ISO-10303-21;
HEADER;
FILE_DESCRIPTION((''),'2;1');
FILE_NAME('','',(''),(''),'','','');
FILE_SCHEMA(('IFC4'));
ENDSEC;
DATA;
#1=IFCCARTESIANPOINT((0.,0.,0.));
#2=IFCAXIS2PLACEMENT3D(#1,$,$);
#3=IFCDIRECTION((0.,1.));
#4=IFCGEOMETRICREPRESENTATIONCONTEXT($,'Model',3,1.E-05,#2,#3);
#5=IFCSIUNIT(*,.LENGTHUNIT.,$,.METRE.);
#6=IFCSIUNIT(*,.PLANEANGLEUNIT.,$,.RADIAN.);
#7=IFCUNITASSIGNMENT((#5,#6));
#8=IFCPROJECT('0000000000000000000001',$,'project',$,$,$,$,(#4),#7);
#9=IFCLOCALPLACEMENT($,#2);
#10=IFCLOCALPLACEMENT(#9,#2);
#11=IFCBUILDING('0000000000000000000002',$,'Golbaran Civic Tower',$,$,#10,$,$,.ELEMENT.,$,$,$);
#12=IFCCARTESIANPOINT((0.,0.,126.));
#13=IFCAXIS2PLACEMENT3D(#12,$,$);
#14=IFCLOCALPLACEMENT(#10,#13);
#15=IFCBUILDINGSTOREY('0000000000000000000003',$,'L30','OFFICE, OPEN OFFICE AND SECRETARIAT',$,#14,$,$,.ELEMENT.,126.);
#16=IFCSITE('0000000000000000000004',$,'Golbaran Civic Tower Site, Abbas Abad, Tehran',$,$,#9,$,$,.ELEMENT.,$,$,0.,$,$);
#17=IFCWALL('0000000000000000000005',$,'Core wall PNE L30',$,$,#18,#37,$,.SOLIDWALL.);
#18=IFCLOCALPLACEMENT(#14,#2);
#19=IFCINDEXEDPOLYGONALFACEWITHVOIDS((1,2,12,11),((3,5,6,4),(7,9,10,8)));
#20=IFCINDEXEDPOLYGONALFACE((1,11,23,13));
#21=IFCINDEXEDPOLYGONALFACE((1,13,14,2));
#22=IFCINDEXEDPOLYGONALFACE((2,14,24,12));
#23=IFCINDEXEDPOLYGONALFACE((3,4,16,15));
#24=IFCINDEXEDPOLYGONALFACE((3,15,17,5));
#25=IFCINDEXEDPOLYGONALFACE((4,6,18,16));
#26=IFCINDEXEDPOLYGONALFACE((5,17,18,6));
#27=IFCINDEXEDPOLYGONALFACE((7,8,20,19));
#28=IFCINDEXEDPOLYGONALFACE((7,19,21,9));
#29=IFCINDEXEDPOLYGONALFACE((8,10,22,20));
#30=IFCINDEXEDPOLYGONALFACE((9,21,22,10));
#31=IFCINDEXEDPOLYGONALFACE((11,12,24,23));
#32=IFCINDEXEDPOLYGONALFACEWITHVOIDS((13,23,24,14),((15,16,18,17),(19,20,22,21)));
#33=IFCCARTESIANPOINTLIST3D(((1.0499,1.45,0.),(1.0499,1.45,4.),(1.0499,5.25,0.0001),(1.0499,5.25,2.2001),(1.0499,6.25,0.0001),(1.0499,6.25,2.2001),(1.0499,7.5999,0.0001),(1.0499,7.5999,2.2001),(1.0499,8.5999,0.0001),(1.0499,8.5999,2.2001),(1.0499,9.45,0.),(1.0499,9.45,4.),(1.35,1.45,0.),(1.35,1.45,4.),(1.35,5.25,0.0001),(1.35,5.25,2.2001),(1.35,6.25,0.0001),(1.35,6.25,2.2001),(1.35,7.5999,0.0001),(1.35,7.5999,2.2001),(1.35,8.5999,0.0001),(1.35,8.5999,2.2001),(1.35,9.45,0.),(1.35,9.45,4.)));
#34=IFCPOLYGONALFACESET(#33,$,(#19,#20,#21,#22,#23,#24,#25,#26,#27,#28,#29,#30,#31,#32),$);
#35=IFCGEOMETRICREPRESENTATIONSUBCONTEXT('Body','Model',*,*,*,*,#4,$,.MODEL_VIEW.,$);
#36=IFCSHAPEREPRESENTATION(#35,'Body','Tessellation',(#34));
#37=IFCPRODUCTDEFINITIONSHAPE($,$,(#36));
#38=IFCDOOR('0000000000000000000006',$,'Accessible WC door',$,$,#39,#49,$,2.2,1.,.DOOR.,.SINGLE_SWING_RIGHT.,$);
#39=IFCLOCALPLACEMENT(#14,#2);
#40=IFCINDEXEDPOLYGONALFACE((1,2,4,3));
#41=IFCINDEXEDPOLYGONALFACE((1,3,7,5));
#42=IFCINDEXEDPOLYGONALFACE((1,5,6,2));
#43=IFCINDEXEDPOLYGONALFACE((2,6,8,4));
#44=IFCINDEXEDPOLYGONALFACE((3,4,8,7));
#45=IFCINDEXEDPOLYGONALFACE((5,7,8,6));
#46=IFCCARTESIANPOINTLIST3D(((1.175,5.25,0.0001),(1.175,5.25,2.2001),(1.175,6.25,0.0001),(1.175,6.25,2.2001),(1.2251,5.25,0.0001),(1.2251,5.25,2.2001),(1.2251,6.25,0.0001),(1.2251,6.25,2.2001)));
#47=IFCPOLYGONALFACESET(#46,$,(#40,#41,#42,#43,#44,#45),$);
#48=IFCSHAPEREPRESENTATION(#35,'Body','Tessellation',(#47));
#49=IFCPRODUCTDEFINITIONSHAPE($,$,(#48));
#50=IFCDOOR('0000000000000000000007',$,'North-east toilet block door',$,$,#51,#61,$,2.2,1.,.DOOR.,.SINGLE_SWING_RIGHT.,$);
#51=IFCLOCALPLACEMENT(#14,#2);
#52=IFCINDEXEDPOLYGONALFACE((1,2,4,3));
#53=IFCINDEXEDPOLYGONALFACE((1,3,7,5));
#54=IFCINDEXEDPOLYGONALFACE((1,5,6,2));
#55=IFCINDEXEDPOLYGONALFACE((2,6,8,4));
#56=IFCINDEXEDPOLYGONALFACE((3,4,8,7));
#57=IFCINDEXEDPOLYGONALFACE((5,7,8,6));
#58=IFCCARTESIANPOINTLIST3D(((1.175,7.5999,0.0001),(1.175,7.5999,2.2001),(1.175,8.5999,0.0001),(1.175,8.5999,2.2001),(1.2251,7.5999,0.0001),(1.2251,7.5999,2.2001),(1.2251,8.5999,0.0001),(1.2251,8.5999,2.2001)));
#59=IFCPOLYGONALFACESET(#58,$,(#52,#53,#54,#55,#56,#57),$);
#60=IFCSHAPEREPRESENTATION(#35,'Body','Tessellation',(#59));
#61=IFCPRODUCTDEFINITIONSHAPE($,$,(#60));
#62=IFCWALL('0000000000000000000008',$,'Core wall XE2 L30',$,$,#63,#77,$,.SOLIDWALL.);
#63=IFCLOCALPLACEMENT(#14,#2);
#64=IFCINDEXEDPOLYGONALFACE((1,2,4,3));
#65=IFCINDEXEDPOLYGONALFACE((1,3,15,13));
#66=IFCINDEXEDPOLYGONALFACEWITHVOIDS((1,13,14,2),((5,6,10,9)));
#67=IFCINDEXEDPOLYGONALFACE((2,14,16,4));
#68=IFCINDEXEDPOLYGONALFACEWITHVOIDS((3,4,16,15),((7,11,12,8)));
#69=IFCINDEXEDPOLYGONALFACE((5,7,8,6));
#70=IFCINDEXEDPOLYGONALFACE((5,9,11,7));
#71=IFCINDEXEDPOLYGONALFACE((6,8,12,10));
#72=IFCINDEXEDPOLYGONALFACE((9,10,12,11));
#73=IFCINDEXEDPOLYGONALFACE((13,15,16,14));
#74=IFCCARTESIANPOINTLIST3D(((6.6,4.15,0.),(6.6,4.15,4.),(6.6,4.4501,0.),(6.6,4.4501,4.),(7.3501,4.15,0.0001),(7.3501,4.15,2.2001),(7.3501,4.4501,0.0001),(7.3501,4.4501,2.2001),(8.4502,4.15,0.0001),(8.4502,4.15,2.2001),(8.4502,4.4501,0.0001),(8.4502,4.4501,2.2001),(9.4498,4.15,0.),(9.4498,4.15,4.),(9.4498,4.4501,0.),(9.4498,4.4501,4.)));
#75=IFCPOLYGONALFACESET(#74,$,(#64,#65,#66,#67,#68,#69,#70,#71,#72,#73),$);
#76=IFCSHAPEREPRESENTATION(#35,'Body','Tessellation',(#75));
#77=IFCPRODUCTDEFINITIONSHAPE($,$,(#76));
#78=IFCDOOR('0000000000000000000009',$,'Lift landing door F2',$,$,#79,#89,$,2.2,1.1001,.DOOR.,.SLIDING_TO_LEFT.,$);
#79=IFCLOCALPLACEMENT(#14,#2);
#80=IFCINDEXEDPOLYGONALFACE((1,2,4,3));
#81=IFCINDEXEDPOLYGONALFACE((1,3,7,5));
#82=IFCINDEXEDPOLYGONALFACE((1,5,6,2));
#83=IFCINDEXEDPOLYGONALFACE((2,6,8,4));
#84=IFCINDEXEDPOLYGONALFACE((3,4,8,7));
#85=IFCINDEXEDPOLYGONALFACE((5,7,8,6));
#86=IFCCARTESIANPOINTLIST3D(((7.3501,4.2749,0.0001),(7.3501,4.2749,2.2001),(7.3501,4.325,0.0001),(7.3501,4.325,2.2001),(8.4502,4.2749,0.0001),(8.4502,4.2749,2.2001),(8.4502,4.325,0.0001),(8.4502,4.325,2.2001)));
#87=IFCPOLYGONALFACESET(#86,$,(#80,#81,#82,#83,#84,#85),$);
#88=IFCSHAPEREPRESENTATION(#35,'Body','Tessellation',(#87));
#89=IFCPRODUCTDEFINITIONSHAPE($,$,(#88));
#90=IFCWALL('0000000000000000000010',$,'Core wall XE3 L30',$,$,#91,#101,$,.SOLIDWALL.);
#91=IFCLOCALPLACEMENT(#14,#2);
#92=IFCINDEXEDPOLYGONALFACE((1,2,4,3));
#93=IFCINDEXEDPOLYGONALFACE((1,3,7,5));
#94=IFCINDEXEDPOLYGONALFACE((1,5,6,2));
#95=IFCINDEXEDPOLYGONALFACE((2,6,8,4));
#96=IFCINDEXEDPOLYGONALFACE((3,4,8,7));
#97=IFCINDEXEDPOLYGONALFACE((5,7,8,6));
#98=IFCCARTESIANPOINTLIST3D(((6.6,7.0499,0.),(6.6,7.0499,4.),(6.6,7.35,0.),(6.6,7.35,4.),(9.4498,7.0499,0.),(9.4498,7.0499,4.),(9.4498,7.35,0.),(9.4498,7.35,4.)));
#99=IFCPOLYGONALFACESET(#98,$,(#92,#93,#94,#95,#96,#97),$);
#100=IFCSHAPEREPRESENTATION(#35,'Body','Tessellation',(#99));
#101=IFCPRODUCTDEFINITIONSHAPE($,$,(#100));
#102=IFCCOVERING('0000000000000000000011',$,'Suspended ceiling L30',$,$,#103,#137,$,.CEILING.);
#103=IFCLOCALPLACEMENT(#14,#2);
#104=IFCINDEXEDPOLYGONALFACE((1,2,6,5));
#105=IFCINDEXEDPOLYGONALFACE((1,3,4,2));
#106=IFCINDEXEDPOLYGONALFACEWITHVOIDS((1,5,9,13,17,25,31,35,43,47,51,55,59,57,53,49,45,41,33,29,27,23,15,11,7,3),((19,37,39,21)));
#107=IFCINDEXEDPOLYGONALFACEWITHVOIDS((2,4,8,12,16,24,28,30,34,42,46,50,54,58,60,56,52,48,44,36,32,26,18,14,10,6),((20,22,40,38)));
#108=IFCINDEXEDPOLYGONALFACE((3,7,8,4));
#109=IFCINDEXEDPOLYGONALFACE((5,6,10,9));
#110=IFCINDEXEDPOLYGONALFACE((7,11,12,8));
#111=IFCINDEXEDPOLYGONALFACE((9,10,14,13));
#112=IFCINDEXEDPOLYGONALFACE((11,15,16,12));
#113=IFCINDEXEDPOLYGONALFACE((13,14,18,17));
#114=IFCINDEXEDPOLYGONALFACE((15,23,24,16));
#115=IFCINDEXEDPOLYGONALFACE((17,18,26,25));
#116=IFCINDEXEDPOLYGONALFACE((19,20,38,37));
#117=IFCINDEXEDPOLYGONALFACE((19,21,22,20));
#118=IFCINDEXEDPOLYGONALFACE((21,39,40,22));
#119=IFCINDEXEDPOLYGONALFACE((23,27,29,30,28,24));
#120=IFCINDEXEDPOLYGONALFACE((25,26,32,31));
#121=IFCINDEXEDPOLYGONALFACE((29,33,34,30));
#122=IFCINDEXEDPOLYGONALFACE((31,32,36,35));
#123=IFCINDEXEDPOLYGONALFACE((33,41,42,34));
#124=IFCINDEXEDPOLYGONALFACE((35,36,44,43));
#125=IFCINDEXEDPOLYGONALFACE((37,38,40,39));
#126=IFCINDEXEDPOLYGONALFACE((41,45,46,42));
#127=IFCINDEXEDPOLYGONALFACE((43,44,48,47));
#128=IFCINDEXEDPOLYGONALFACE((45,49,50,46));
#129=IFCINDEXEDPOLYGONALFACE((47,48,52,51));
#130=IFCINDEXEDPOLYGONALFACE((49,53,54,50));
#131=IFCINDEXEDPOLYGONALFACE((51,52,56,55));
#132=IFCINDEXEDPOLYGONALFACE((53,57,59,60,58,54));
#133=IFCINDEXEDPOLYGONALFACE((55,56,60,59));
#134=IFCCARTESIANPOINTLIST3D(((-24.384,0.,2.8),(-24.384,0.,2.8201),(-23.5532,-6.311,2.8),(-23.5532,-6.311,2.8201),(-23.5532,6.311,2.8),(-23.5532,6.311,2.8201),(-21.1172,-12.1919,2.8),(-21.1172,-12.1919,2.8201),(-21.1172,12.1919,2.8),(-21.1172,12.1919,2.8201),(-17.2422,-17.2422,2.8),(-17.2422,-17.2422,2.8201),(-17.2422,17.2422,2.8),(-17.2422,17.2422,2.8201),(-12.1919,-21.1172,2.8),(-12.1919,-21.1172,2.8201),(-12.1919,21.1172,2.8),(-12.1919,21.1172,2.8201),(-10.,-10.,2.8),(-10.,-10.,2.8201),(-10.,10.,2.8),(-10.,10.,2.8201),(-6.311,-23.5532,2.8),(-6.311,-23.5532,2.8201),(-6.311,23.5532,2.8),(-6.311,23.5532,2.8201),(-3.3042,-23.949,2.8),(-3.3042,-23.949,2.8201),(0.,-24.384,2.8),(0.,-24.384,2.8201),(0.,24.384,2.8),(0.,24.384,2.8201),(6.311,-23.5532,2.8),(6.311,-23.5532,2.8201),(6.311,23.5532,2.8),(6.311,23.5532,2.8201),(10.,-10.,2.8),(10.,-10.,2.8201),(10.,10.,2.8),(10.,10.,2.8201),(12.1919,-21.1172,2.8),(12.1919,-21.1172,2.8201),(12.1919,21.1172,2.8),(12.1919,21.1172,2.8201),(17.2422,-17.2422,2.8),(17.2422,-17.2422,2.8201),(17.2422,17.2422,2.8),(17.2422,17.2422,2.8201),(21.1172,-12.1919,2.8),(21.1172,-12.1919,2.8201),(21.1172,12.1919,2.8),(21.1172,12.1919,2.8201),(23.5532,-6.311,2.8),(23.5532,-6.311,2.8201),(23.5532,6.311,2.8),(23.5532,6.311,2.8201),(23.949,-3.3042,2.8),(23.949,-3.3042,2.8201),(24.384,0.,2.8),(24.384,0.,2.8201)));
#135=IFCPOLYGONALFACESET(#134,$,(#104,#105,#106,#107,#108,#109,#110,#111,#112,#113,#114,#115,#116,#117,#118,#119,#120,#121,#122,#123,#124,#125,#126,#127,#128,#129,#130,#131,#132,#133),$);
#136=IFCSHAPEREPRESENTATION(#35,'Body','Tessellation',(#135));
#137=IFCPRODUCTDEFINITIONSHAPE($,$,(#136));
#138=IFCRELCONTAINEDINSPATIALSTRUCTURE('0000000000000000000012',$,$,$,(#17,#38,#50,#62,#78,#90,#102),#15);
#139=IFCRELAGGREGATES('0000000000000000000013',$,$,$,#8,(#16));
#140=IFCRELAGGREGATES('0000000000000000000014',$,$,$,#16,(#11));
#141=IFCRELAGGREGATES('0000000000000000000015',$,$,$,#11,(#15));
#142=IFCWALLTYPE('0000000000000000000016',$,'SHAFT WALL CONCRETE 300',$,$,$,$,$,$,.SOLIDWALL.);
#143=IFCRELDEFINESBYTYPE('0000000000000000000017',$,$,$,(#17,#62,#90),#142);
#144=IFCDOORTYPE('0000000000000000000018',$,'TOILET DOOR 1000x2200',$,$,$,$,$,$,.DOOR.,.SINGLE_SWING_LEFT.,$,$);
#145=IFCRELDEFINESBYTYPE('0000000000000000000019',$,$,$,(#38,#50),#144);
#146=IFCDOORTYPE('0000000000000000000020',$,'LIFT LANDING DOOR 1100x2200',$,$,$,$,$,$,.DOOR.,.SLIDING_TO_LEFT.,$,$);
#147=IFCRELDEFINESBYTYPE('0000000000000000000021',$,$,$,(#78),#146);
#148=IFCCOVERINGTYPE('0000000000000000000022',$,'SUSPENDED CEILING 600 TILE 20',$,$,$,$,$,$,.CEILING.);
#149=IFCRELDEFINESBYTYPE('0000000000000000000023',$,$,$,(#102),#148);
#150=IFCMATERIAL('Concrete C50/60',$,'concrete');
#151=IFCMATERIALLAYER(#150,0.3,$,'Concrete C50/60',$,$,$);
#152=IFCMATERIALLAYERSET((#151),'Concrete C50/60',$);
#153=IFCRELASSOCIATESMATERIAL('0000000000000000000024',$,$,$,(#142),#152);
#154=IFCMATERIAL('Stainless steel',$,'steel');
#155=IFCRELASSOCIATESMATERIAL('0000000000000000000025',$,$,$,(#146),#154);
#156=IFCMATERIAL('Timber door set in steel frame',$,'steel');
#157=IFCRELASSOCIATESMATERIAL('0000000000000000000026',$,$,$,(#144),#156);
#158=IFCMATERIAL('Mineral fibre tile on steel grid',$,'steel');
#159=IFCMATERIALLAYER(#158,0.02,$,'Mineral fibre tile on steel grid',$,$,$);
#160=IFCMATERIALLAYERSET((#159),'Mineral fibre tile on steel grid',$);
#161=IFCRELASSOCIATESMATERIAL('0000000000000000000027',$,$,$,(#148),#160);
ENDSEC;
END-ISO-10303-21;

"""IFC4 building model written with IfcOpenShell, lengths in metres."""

from ifc_helpers import new_model, si_unit, direction, frame, frame_2d, origin, place, context, subcontext, project, spatial, polyline, rectangle, outline, extrude, material, layer, layer_set, type_object, element, fill, save


model = new_model("IFC4")

# Units and contexts
model_context = context("Model", 3, precision=1e-05, world=origin(), true_north=direction((0.0, 1.0)))
body_context = subcontext(model_context, "Body", "Model", "MODEL_VIEW")
ifc_project = project(units=[si_unit("LENGTHUNIT", "METRE"), si_unit("PLANEANGLEUNIT", "RADIAN")], contexts=[model_context])

# Site, building, storey
site_placement = place(None, origin())
site = spatial("IfcSite", under=ifc_project, at=site_placement, Name="Golbaran Civic Tower Site, Abbas Abad, Tehran", CompositionType="ELEMENT", RefElevation=0.0)
building_placement = place(site_placement, origin())
building = spatial("IfcBuilding", under=site, at=building_placement, Name="Golbaran Civic Tower", CompositionType="ELEMENT")
storey_placement = place(building_placement, frame((0.0, 0.0, 126.0)))
storey = spatial("IfcBuildingStorey", under=building, at=storey_placement, Name="L30", Description="OFFICE, OPEN OFFICE AND SECRETARIAT", CompositionType="ELEMENT", Elevation=126.0)

# Shared definitions
ifc_material_1 = material(Name="Timber door set in steel frame", Category="steel")

# Shared definitions
ifc_material_2 = material(Name="Concrete C50/60", Category="concrete")
ifc_layer_1 = layer(ifc_material_2, 0.3, Name="Concrete C50/60")
ifc_layer_set_1 = layer_set([ifc_layer_1], Name="Concrete C50/60")
wall_type_1 = type_object("IfcWallType", Name="SHAFT WALL CONCRETE 300", PredefinedType="SOLIDWALL", material=ifc_layer_set_1)
ifc_material_3 = material(Name="Stainless steel", Category="steel")
door_type_1 = type_object("IfcDoorType", Name="LIFT LANDING DOOR 1100x2200", OperationType="SLIDING_TO_LEFT", PredefinedType="DOOR", material=ifc_material_3)

# Wall, openings, doors
wall_1_placement = place(storey_placement, frame((1.2, 1.45, 0.0), z_axis=(0.0, 0.0, 1.0), x_axis=(0.0, 1.0, 0.0)))
wall_1 = element("IfcWall", 1, at=wall_1_placement, inside=storey, type_object=wall_type_1, Name="Core wall PNE L30", PredefinedType="SOLIDWALL", context=body_context, shape_type="SweptSolid", body=[
    extrude(rectangle(XDim=8.0, YDim=0.3, at=frame_2d((4.0, 0.0))), origin(), (0.0, 0.0, 1.0), 4.0),
])
opening_1_placement = place(wall_1_placement, frame((3.8, 0.0, 0.0)))
opening_1 = element("IfcOpeningElement", 2, at=opening_1_placement, cuts=wall_1, PredefinedType="OPENING", context=body_context, shape_type="SweptSolid", body=[
    extrude(rectangle(XDim=1.0, YDim=2.2, at=frame_2d((0.5, 1.1001))), frame((0.0, 0.1599, 0.0), z_axis=(0.0, -1.0, 0.0), x_axis=(1.0, 0.0, 0.0)), (0.0, 0.0, 1.0), 0.3201),
])
opening_2_placement = place(wall_1_placement, frame((6.1499, 0.0, 0.0)))
opening_2 = element("IfcOpeningElement", 3, at=opening_2_placement, cuts=wall_1, PredefinedType="OPENING", context=body_context, shape_type="SweptSolid", body=[
    extrude(rectangle(XDim=1.0, YDim=2.2, at=frame_2d((0.5, 1.1001))), frame((0.0, 0.1599, 0.0), z_axis=(0.0, -1.0, 0.0), x_axis=(1.0, 0.0, 0.0)), (0.0, 0.0, 1.0), 0.3201),
])
door_type_2 = type_object("IfcDoorType", Name="TOILET DOOR 1000x2200", OperationType="SINGLE_SWING_LEFT", PredefinedType="DOOR", material=ifc_material_1)
door_1_placement = place(opening_1_placement, origin())
door_1 = element("IfcDoor", 4, at=door_1_placement, inside=storey, type_object=door_type_2, Name="Accessible WC door", OperationType="SINGLE_SWING_RIGHT", OverallHeight=2.2, OverallWidth=1.0, PredefinedType="DOOR", context=body_context, shape_type="SweptSolid", body=[
    extrude(rectangle(XDim=1.0, YDim=2.2, at=frame_2d((0.5, 1.1001))), frame((0.0, 0.0249, 0.0), z_axis=(0.0, -1.0, 0.0), x_axis=(1.0, 0.0, 0.0)), (0.0, 0.0, 1.0), 0.05),
])
fill(opening_1, door_1)
door_2_placement = place(opening_2_placement, origin())
door_2 = element("IfcDoor", 5, at=door_2_placement, inside=storey, type_object=door_type_2, Name="North-east toilet block door", OperationType="SINGLE_SWING_RIGHT", OverallHeight=2.2, OverallWidth=1.0, PredefinedType="DOOR", context=body_context, shape_type="SweptSolid", body=[
    extrude(rectangle(XDim=1.0, YDim=2.2, at=frame_2d((0.5, 1.1001))), frame((0.0, 0.0249, 0.0), z_axis=(0.0, -1.0, 0.0), x_axis=(1.0, 0.0, 0.0)), (0.0, 0.0, 1.0), 0.05),
])
fill(opening_2, door_2)

# Wall, opening, door
wall_2_placement = place(storey_placement, frame((6.6001, 4.3, 0.0), z_axis=(0.0, 0.0, 1.0), x_axis=(1.0, 0.0, 0.0)))
wall_2 = element("IfcWall", 6, at=wall_2_placement, inside=storey, type_object=wall_type_1, Name="Core wall XE2 L30", PredefinedType="SOLIDWALL", context=body_context, shape_type="SweptSolid", body=[
    extrude(rectangle(XDim=2.8499, YDim=0.3, at=frame_2d((1.4248, 0.0))), origin(), (0.0, 0.0, 1.0), 4.0),
])
opening_3_placement = place(wall_2_placement, frame((0.75, 0.0, 0.0)))
opening_3 = element("IfcOpeningElement", 7, at=opening_3_placement, cuts=wall_2, PredefinedType="OPENING", context=body_context, shape_type="SweptSolid", body=[
    extrude(rectangle(XDim=1.1001, YDim=2.2, at=frame_2d((0.55, 1.1001))), frame((0.0, 0.1599, 0.0), z_axis=(0.0, -1.0, 0.0), x_axis=(1.0, 0.0, 0.0)), (0.0, 0.0, 1.0), 0.3201),
])
door_3_placement = place(opening_3_placement, origin())
door_3 = element("IfcDoor", 8, at=door_3_placement, inside=storey, type_object=door_type_1, Name="Lift landing door F2", OperationType="SLIDING_TO_LEFT", OverallHeight=2.2, OverallWidth=1.1001, PredefinedType="DOOR", context=body_context, shape_type="SweptSolid", body=[
    extrude(rectangle(XDim=1.1001, YDim=2.2, at=frame_2d((0.55, 1.1001))), frame((0.0, 0.0249, 0.0), z_axis=(0.0, -1.0, 0.0), x_axis=(1.0, 0.0, 0.0)), (0.0, 0.0, 1.0), 0.05),
])
fill(opening_3, door_3)

# Wall
wall_3_placement = place(storey_placement, frame((6.6001, 7.2, 0.0), z_axis=(0.0, 0.0, 1.0), x_axis=(1.0, 0.0, 0.0)))
element("IfcWall", 9, at=wall_3_placement, inside=storey, type_object=wall_type_1, Name="Core wall XE3 L30", PredefinedType="SOLIDWALL", context=body_context, shape_type="SweptSolid", body=[
    extrude(rectangle(XDim=2.8499, YDim=0.3, at=frame_2d((1.4248, 0.0))), origin(), (0.0, 0.0, 1.0), 4.0),
])

# Covering
ifc_material_4 = material(Name="Mineral fibre tile on steel grid", Category="steel")
ifc_layer_2 = layer(ifc_material_4, 0.02, Name="Mineral fibre tile on steel grid")
ifc_layer_set_2 = layer_set([ifc_layer_2], Name="Mineral fibre tile on steel grid")
covering_type = type_object("IfcCoveringType", Name="SUSPENDED CEILING 600 TILE 20", PredefinedType="CEILING", material=ifc_layer_set_2)
covering_placement = place(storey_placement, frame((0.0, 0.0, 2.8)))
element("IfcCovering", 10, at=covering_placement, inside=storey, type_object=covering_type, Name="Suspended ceiling L30", PredefinedType="CEILING", context=body_context, shape_type="SweptSolid", body=[
    extrude(outline(polyline([(-17.2422, 17.2422), (-12.1919, 21.1172), (-6.311, 23.5532), (0.0, 24.384), (6.311, 23.5532), (12.1919, 21.1172), (17.2422, 17.2422), (21.1172, 12.1919), (23.5532, 6.311), (24.384, 0.0), (23.949, -3.3042), (23.5532, -6.311), (21.1172, -12.1919), (17.2422, -17.2422), (12.1919, -21.1172), (6.311, -23.5532), (0.0, -24.384), (-3.3042, -23.949), (-6.311, -23.5532), (-12.1919, -21.1172), (-17.2422, -17.2422), (-21.1172, -12.1919), (-23.5532, -6.311), (-24.384, 0.0), (-23.5532, 6.311), (-21.1172, 12.1919), (-17.2422, 17.2422)]), holes=[polyline([(-10.0, 10.0), (-10.0, -10.0), (10.0, -10.0), (10.0, 10.0), (-10.0, 10.0)])]), origin(), (0.0, 0.0, 1.0), 0.02),
])

save(model, "model.ifc")
